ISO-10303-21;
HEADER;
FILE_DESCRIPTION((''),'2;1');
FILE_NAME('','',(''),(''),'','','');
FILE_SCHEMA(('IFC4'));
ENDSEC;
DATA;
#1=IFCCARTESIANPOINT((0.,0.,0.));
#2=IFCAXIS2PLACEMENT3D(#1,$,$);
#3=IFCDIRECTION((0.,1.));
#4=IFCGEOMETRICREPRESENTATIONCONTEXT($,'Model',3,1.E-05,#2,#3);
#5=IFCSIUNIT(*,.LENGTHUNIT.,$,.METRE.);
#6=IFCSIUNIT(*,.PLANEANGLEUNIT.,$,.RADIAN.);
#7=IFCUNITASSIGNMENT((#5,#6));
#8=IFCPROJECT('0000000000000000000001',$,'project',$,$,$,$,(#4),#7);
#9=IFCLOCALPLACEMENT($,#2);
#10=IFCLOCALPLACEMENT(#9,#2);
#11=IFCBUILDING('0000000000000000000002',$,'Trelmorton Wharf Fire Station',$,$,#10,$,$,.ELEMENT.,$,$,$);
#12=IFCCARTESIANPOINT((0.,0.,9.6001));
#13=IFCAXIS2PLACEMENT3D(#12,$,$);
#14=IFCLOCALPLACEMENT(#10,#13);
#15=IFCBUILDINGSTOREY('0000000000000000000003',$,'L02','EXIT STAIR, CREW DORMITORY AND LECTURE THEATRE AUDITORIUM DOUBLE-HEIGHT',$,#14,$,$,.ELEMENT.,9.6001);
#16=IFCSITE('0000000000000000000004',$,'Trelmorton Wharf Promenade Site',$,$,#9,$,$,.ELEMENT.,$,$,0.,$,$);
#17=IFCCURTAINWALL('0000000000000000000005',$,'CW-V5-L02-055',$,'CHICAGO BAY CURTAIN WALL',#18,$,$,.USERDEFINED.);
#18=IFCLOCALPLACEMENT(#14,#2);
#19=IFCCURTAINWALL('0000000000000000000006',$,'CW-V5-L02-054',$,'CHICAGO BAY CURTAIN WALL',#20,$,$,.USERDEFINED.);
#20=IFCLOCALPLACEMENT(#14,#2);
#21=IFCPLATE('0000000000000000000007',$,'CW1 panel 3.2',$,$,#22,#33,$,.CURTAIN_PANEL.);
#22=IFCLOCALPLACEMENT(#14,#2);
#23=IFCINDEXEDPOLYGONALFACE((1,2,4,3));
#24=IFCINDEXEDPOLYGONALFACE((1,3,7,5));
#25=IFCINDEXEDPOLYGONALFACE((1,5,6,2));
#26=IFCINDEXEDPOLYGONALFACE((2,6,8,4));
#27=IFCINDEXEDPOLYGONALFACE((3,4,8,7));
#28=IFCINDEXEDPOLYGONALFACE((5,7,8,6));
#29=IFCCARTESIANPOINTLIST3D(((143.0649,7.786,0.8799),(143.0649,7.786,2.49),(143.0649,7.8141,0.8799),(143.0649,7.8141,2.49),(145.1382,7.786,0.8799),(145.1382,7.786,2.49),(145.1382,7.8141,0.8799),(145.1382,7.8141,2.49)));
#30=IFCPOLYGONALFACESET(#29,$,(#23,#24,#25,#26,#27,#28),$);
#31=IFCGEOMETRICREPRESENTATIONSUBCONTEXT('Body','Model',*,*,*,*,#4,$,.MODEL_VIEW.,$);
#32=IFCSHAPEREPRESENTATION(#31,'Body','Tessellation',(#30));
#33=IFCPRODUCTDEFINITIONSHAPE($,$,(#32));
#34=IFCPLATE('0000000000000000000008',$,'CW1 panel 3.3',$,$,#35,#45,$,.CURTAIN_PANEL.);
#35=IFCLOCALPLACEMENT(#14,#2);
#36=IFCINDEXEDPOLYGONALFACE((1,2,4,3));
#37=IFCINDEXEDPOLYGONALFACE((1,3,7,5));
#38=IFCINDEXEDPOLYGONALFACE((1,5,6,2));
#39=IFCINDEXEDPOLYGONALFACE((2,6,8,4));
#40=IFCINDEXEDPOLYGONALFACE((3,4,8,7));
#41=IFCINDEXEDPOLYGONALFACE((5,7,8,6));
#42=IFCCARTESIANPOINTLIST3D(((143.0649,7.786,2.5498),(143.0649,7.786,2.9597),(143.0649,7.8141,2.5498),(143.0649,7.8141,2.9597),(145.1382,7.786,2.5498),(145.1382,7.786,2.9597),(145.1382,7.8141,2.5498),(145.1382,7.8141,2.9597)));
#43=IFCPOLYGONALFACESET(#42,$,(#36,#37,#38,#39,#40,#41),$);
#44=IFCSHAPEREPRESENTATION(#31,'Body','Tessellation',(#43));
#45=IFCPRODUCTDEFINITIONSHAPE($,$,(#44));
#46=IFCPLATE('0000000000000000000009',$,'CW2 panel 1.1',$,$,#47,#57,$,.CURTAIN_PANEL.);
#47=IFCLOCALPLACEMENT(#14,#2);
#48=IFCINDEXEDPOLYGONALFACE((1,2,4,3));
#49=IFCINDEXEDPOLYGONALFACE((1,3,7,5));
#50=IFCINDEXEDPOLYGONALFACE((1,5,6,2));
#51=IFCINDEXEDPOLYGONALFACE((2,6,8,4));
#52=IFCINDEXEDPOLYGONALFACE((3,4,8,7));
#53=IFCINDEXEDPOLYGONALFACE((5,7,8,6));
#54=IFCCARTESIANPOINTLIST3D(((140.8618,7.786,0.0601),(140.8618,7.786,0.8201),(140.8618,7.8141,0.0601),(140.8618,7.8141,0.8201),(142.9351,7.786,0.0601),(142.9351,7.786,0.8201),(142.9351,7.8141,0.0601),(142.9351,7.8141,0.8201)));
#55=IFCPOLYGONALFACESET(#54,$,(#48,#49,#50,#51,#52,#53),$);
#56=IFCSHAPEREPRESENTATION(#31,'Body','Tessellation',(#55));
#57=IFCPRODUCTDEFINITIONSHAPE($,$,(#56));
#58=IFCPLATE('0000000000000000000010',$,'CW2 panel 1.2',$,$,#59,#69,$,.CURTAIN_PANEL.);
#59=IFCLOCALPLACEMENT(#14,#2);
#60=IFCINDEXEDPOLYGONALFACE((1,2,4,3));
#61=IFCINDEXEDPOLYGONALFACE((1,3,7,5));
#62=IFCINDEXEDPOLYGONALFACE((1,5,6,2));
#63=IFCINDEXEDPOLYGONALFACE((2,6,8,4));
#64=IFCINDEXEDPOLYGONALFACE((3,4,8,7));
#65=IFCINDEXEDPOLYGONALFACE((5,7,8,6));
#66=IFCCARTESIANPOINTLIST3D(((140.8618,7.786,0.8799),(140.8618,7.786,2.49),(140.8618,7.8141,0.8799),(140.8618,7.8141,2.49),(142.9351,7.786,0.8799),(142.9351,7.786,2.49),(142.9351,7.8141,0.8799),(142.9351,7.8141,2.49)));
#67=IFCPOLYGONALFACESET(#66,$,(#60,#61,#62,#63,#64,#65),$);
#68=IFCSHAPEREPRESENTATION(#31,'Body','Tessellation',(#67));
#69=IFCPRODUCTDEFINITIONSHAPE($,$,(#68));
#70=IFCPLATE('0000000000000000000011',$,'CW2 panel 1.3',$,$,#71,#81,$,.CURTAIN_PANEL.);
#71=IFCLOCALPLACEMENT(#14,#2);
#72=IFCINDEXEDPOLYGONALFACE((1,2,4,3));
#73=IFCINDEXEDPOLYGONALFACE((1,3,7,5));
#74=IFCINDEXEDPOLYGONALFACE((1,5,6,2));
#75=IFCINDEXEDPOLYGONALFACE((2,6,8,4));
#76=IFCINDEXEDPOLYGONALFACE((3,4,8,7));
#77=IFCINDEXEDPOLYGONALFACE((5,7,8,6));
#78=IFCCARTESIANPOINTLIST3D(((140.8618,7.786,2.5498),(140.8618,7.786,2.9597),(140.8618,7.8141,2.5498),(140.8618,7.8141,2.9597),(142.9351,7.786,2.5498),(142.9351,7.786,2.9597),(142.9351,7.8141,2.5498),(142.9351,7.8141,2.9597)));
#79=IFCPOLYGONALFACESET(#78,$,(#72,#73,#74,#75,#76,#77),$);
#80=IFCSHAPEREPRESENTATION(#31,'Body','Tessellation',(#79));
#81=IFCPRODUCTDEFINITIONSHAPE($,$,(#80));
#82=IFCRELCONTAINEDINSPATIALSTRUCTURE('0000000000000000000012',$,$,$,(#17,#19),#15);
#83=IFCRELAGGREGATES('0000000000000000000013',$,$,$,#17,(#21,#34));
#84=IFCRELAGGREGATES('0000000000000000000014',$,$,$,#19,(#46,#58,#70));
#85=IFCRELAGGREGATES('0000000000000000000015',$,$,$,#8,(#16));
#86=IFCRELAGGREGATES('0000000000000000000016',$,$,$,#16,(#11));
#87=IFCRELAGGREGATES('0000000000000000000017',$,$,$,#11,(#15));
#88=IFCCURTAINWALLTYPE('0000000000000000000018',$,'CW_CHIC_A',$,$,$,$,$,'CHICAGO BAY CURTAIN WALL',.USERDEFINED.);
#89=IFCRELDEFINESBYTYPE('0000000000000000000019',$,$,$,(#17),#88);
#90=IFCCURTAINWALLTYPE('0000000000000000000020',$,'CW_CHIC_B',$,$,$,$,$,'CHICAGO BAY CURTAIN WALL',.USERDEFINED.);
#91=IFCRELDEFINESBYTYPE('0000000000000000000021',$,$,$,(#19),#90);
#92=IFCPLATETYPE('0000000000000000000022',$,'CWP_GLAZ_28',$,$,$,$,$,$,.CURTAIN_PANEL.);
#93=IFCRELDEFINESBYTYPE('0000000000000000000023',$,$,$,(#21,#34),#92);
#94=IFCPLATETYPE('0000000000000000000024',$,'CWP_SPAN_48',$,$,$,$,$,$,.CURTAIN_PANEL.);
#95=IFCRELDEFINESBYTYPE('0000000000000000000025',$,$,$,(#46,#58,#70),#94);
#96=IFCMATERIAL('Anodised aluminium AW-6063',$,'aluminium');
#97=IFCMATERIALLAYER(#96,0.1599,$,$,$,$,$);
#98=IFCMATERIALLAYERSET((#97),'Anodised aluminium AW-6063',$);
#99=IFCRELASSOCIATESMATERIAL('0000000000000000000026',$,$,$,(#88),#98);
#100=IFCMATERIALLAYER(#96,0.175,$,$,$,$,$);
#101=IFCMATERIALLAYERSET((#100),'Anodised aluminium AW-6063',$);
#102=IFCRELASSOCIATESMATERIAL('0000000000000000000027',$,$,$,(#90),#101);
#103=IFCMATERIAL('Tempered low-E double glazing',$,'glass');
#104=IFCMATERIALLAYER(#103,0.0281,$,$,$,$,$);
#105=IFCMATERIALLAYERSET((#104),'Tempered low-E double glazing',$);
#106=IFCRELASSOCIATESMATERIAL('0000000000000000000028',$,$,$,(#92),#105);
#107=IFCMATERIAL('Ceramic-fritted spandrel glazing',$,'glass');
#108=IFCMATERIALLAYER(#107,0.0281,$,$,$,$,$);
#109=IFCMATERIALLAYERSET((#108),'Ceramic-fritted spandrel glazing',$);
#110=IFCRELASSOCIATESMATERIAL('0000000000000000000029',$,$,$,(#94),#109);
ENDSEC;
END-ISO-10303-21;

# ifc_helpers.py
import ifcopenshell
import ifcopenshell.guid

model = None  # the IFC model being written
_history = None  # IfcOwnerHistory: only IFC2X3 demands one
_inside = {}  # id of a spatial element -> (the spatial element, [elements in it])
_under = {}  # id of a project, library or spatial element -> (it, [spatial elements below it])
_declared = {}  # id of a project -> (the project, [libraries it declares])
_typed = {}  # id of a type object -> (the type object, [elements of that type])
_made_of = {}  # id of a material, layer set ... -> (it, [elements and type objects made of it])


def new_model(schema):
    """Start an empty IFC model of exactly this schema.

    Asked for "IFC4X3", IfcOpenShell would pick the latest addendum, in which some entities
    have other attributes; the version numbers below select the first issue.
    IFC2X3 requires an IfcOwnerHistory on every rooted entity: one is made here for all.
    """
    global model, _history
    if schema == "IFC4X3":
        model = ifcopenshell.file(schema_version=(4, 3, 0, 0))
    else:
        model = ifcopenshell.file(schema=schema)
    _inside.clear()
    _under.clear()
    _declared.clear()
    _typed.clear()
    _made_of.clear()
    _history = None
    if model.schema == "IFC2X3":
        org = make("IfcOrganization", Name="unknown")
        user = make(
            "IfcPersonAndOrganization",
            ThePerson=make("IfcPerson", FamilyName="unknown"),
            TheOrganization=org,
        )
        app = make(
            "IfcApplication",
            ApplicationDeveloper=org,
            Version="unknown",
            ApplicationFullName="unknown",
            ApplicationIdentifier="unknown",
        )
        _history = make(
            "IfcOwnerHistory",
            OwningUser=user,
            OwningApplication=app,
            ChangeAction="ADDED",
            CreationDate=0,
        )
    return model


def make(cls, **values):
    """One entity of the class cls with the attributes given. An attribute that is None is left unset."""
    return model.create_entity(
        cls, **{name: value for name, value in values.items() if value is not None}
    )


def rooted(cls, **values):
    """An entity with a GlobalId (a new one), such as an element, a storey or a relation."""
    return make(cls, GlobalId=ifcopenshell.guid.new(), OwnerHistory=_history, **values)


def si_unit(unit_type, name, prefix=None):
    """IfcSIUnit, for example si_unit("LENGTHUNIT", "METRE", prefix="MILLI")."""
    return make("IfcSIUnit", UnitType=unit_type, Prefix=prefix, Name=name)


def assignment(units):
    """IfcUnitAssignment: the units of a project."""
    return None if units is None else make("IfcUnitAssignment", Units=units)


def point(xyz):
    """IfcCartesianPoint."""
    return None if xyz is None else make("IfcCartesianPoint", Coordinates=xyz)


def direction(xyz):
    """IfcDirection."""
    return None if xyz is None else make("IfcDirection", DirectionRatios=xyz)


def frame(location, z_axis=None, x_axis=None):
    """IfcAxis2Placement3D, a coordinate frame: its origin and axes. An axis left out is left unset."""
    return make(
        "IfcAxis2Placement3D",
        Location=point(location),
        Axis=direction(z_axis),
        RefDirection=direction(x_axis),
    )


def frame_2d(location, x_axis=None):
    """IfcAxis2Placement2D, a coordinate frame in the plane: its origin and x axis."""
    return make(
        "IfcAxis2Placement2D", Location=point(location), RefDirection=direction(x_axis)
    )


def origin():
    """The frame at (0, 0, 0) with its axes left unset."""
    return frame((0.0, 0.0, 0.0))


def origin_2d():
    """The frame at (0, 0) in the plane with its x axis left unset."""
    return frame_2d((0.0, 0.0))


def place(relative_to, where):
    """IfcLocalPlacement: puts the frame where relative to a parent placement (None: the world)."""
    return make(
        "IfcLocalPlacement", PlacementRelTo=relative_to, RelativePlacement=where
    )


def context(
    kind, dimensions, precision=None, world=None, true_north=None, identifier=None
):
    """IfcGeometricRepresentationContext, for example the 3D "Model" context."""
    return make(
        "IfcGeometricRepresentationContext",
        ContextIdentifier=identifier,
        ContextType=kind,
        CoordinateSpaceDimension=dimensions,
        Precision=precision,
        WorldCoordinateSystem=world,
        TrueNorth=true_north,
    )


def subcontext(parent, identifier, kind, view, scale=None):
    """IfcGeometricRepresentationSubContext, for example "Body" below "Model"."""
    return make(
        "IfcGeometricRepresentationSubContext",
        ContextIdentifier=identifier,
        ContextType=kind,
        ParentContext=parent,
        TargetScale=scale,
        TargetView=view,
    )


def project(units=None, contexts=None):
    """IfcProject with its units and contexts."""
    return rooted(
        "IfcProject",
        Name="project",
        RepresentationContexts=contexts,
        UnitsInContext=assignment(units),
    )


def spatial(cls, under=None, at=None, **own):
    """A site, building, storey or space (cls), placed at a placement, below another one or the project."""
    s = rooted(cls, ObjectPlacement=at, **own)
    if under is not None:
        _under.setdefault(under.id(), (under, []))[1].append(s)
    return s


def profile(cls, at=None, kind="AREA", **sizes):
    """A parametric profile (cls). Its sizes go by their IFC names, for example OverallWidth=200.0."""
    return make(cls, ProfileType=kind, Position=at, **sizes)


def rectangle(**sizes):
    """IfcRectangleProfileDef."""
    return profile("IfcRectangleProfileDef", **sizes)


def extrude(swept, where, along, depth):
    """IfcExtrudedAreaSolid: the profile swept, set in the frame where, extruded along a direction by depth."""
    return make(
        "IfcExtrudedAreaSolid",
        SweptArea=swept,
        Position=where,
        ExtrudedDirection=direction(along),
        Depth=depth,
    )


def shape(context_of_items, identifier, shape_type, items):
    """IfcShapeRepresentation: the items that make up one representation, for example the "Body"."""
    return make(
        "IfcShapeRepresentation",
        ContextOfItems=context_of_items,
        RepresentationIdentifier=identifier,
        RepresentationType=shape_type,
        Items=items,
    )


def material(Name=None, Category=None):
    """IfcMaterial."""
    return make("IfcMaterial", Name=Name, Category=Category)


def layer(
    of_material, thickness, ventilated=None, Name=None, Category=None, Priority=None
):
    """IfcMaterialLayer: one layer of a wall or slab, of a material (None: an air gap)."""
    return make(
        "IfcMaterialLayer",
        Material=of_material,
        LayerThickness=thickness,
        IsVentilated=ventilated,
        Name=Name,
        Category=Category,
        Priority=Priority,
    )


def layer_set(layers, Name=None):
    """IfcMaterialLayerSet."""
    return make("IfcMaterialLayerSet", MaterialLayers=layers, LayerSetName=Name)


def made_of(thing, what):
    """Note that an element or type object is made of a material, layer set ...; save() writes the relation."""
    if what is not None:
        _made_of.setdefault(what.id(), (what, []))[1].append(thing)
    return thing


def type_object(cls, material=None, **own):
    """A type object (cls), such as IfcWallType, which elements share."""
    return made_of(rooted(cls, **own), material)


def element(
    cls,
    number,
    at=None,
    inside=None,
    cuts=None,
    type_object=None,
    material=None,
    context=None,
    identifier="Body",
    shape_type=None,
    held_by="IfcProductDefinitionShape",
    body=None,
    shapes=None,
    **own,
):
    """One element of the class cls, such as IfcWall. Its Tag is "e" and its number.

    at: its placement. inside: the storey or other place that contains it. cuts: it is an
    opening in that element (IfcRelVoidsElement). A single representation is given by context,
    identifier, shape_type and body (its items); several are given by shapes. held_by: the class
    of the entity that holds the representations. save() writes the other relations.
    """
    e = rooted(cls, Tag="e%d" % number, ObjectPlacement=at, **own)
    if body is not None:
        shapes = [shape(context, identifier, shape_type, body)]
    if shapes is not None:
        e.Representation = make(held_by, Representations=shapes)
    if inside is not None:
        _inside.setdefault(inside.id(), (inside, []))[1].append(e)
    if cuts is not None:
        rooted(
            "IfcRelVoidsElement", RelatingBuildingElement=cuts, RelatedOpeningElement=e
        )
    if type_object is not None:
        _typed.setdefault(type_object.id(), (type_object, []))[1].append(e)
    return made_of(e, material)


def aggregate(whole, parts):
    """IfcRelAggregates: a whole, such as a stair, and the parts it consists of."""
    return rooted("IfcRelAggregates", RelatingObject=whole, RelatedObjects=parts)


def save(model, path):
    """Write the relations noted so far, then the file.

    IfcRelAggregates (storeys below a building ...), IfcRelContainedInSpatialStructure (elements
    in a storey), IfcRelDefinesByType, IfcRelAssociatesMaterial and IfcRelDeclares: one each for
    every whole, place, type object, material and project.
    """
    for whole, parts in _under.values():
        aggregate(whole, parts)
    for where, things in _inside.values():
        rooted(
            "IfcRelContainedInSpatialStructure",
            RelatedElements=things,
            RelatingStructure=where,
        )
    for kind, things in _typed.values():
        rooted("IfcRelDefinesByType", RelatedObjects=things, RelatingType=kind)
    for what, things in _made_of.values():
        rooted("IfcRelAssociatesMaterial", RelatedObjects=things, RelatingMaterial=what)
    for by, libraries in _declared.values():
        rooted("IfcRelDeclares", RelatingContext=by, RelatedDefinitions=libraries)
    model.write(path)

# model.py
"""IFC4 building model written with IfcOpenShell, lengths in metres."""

from ifc_helpers import new_model, si_unit, direction, frame, origin, origin_2d, place, context, subcontext, project, spatial, rectangle, extrude, material, layer, layer_set, type_object, element, aggregate, save


model = new_model("IFC4")

# Units and contexts
model_context = context("Model", 3, precision=1e-05, world=origin(), true_north=direction((0.0, 1.0)))
body_context = subcontext(model_context, "Body", "Model", "MODEL_VIEW")
ifc_project = project(units=[si_unit("LENGTHUNIT", "METRE"), si_unit("PLANEANGLEUNIT", "RADIAN")], contexts=[model_context])

# Site, building, storey
site_placement = place(None, origin())
site = spatial("IfcSite", under=ifc_project, at=site_placement, Name="Trelmorton Wharf Promenade Site", CompositionType="ELEMENT", RefElevation=0.0)
building_placement = place(site_placement, origin())
building = spatial("IfcBuilding", under=site, at=building_placement, Name="Trelmorton Wharf Fire Station", CompositionType="ELEMENT")
storey_placement = place(building_placement, frame((0.0, 0.0, 9.6001)))
storey = spatial("IfcBuildingStorey", under=building, at=storey_placement, Name="L02", Description="EXIT STAIR, CREW DORMITORY AND LECTURE THEATRE AUDITORIUM DOUBLE-HEIGHT", CompositionType="ELEMENT", Elevation=9.6001)

# Curtain wall
ifc_material_1 = material(Name="Anodised aluminium AW-6063", Category="aluminium")
ifc_layer_1 = layer(ifc_material_1, 0.1599)
ifc_layer_set_1 = layer_set([ifc_layer_1], Name="Anodised aluminium AW-6063")
curtain_wall_type_1 = type_object("IfcCurtainWallType", Name="CW_CHIC_A", ElementType="CHICAGO BAY CURTAIN WALL", PredefinedType="USERDEFINED", material=ifc_layer_set_1)
curtain_wall_1_placement = place(storey_placement, origin())
curtain_wall_1 = element("IfcCurtainWall", 1, at=curtain_wall_1_placement, inside=storey, type_object=curtain_wall_type_1, Name="CW-V5-L02-055", ObjectType="CHICAGO BAY CURTAIN WALL", PredefinedType="USERDEFINED")

# Curtain wall
ifc_layer_2 = layer(ifc_material_1, 0.175)
ifc_layer_set_2 = layer_set([ifc_layer_2], Name="Anodised aluminium AW-6063")
curtain_wall_type_2 = type_object("IfcCurtainWallType", Name="CW_CHIC_B", ElementType="CHICAGO BAY CURTAIN WALL", PredefinedType="USERDEFINED", material=ifc_layer_set_2)
curtain_wall_2_placement = place(storey_placement, origin())
curtain_wall_2 = element("IfcCurtainWall", 2, at=curtain_wall_2_placement, inside=storey, type_object=curtain_wall_type_2, Name="CW-V5-L02-054", ObjectType="CHICAGO BAY CURTAIN WALL", PredefinedType="USERDEFINED")

# Plates
ifc_material_2 = material(Name="Tempered low-E double glazing", Category="glass")
ifc_layer_3 = layer(ifc_material_2, 0.0281)
ifc_layer_set_3 = layer_set([ifc_layer_3], Name="Tempered low-E double glazing")
plate_type_1 = type_object("IfcPlateType", Name="CWP_GLAZ_28", PredefinedType="CURTAIN_PANEL", material=ifc_layer_set_3)
plate_1_placement = place(storey_placement, frame((144.1016, 7.8, 0.8799), z_axis=(0.0, 0.0, 1.0), x_axis=(-1.0, 0.0, 0.0)))
plate_1 = element("IfcPlate", 3, at=plate_1_placement, type_object=plate_type_1, Name="CW1 panel 3.2", PredefinedType="CURTAIN_PANEL", context=body_context, shape_type="SweptSolid", body=[
    extrude(rectangle(XDim=2.0732, YDim=0.0281, at=origin_2d()), origin(), (0.0, 0.0, 1.0), 1.6101),
])
plate_2_placement = place(storey_placement, frame((144.1016, 7.8, 2.5498), z_axis=(0.0, 0.0, 1.0), x_axis=(-1.0, 0.0, 0.0)))
plate_2 = element("IfcPlate", 4, at=plate_2_placement, type_object=plate_type_1, Name="CW1 panel 3.3", PredefinedType="CURTAIN_PANEL", context=body_context, shape_type="SweptSolid", body=[
    extrude(rectangle(XDim=2.0732, YDim=0.0281, at=origin_2d()), origin(), (0.0, 0.0, 1.0), 0.4099),
])
aggregate(curtain_wall_1, [plate_1, plate_2])
ifc_material_3 = material(Name="Ceramic-fritted spandrel glazing", Category="glass")
ifc_layer_4 = layer(ifc_material_3, 0.0281)
ifc_layer_set_4 = layer_set([ifc_layer_4], Name="Ceramic-fritted spandrel glazing")
plate_type_2 = type_object("IfcPlateType", Name="CWP_SPAN_48", PredefinedType="CURTAIN_PANEL", material=ifc_layer_set_4)
plate_3_placement = place(storey_placement, frame((141.8984, 7.8, 0.0601), z_axis=(0.0, 0.0, 1.0), x_axis=(-1.0, 0.0, 0.0)))
plate_3 = element("IfcPlate", 5, at=plate_3_placement, type_object=plate_type_2, Name="CW2 panel 1.1", PredefinedType="CURTAIN_PANEL", context=body_context, shape_type="SweptSolid", body=[
    extrude(rectangle(XDim=2.0732, YDim=0.0281, at=origin_2d()), origin(), (0.0, 0.0, 1.0), 0.76),
])
plate_4_placement = place(storey_placement, frame((141.8984, 7.8, 0.8799), z_axis=(0.0, 0.0, 1.0), x_axis=(-1.0, 0.0, 0.0)))
plate_4 = element("IfcPlate", 6, at=plate_4_placement, type_object=plate_type_2, Name="CW2 panel 1.2", PredefinedType="CURTAIN_PANEL", context=body_context, shape_type="SweptSolid", body=[
    extrude(rectangle(XDim=2.0732, YDim=0.0281, at=origin_2d()), origin(), (0.0, 0.0, 1.0), 1.6101),
])
plate_5_placement = place(storey_placement, frame((141.8984, 7.8, 2.5498), z_axis=(0.0, 0.0, 1.0), x_axis=(-1.0, 0.0, 0.0)))
plate_5 = element("IfcPlate", 7, at=plate_5_placement, type_object=plate_type_2, Name="CW2 panel 1.3", PredefinedType="CURTAIN_PANEL", context=body_context, shape_type="SweptSolid", body=[
    extrude(rectangle(XDim=2.0732, YDim=0.0281, at=origin_2d()), origin(), (0.0, 0.0, 1.0), 0.4099),
])
aggregate(curtain_wall_2, [plate_3, plate_4, plate_5])

save(model, "model.ifc")
